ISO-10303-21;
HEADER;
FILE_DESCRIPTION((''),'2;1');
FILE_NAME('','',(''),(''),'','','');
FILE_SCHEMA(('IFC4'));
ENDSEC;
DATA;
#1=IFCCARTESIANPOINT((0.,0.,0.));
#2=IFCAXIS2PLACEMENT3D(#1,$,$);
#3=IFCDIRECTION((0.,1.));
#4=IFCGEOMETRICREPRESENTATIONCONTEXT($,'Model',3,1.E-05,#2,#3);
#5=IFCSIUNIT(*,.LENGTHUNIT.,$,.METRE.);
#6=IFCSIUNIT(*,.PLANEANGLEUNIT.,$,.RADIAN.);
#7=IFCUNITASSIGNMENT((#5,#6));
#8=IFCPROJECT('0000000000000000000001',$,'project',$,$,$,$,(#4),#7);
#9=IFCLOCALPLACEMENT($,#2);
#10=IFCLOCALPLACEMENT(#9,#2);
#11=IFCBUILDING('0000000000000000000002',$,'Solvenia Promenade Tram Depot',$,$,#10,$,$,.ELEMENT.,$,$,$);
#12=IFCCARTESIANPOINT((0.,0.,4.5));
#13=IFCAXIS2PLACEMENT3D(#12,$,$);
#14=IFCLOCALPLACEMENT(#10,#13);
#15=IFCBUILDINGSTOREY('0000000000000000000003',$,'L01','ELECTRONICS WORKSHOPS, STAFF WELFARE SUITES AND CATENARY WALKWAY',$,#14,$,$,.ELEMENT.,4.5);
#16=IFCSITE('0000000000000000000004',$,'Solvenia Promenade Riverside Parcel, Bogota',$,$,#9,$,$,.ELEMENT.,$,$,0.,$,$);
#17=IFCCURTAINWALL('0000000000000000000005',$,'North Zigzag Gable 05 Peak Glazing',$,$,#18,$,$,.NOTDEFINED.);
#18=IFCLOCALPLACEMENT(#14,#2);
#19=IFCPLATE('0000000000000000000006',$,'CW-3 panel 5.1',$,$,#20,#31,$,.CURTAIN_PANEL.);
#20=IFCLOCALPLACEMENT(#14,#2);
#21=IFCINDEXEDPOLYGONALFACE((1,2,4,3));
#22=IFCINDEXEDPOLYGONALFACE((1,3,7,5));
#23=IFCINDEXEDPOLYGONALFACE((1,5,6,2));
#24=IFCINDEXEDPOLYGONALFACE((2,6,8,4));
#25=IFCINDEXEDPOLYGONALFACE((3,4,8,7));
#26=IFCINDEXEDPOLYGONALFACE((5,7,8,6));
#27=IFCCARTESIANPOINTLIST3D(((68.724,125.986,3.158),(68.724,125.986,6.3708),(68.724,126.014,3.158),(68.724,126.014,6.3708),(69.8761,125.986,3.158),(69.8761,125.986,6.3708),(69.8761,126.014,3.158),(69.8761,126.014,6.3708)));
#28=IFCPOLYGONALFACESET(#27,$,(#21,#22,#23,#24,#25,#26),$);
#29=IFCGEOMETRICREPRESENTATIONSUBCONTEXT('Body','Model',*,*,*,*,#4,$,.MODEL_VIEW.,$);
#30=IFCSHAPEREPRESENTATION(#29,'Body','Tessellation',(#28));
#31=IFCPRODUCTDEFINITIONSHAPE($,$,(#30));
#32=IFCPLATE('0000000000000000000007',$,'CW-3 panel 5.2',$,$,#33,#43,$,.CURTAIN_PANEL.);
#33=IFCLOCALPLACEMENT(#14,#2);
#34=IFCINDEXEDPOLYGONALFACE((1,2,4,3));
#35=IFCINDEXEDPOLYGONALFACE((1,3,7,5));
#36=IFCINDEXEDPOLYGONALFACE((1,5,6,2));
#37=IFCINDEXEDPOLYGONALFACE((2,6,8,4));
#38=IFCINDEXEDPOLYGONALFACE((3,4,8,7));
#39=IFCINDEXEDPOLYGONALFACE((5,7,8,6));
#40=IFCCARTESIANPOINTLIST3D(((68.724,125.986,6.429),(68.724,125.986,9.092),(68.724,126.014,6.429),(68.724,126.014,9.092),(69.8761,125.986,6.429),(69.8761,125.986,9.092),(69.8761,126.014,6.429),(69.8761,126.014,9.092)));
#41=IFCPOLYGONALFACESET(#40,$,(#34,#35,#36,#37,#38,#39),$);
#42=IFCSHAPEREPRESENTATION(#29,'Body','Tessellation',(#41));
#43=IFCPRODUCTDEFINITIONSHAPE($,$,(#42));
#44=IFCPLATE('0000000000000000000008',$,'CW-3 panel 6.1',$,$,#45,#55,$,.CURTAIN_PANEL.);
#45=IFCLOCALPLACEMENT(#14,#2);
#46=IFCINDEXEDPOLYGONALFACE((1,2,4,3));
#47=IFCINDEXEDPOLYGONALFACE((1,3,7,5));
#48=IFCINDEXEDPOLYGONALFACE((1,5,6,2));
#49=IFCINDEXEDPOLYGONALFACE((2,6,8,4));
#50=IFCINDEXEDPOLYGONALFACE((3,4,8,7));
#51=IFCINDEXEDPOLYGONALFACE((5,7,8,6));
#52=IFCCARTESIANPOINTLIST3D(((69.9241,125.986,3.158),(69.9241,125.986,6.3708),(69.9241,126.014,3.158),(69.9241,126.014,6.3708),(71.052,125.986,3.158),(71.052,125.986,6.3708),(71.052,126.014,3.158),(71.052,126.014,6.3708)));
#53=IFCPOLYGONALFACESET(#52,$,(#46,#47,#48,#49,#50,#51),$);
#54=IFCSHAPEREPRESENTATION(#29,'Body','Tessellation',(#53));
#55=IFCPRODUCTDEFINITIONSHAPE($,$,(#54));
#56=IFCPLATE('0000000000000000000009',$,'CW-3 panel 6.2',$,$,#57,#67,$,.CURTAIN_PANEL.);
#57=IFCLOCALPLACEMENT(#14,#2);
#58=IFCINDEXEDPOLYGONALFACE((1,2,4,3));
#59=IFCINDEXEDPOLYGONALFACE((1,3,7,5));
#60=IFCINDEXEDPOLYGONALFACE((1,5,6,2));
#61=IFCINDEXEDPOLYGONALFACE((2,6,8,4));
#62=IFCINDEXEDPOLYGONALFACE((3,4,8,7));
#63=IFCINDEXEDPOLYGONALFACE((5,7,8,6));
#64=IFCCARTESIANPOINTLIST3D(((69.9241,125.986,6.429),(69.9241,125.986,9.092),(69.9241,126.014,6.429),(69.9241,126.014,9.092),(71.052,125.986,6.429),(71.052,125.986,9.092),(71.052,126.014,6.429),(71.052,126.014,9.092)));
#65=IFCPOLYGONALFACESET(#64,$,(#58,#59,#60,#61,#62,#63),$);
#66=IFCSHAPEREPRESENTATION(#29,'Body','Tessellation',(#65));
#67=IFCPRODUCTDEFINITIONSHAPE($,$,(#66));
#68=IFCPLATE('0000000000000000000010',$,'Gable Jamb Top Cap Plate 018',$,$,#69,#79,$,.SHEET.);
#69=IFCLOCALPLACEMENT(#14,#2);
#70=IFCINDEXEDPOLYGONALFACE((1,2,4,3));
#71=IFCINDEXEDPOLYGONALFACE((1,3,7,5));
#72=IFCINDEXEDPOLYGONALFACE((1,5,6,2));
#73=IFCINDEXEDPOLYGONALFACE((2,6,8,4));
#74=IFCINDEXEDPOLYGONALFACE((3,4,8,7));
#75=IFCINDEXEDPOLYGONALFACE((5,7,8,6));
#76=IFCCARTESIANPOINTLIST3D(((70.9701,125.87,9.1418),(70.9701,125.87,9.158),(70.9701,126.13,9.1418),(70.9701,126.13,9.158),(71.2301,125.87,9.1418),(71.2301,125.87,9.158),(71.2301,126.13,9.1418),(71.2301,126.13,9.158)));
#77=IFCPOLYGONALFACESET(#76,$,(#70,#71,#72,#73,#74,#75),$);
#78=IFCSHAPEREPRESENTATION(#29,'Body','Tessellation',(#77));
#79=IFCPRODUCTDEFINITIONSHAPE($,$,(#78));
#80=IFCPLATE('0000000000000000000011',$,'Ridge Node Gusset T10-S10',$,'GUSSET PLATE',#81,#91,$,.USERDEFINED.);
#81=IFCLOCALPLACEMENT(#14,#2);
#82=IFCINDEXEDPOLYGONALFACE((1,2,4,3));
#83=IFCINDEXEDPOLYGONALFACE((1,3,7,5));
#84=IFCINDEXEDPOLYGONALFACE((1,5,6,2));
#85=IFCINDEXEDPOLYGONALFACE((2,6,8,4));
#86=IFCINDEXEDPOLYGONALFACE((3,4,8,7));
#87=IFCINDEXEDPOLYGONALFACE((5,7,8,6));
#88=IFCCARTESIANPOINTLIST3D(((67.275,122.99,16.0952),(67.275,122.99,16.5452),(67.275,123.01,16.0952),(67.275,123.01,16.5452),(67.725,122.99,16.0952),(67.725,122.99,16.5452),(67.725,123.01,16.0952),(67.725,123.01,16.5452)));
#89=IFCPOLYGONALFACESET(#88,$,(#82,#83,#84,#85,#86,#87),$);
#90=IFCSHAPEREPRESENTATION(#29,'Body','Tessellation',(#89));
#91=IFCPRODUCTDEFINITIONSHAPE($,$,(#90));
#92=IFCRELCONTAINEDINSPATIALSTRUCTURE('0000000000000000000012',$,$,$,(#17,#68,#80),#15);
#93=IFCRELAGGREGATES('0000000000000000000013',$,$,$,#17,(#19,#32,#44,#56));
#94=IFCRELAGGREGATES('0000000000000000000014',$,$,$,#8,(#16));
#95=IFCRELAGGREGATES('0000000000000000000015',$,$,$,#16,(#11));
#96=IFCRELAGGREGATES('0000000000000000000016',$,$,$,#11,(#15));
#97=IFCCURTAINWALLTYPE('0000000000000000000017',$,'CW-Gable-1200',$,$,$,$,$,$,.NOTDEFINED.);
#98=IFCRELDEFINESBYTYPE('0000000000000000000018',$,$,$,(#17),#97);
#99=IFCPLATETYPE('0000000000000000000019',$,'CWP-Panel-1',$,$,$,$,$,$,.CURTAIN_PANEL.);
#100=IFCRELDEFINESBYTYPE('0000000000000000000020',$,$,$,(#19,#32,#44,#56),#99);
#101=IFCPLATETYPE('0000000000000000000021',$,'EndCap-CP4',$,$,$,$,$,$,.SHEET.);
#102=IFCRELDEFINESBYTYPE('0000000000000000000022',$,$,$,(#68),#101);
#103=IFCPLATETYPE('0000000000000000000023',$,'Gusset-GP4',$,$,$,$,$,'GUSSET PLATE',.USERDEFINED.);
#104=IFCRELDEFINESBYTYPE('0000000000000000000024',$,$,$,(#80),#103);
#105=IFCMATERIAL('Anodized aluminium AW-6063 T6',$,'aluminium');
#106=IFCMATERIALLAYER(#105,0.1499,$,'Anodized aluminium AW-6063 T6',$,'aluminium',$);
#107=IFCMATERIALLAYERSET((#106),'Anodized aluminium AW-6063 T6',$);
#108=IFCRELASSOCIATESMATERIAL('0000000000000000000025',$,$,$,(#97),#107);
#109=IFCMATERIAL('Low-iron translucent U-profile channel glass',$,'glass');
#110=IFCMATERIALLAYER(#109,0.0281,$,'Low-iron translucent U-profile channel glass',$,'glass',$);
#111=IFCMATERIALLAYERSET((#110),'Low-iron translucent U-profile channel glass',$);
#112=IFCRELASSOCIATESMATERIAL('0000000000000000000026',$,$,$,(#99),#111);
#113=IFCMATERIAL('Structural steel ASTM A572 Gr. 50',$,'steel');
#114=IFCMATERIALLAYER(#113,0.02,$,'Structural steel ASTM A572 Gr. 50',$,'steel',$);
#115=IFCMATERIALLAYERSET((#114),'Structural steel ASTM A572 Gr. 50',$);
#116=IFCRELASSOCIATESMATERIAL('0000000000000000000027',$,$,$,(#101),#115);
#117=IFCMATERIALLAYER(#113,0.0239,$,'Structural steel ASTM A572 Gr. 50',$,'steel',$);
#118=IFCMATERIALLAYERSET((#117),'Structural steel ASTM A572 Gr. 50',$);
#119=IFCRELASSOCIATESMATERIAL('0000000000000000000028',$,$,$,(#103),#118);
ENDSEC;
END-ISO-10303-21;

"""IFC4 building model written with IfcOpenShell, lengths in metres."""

from ifc_helpers import new_model, si_unit, direction, frame, origin, origin_2d, place, context, subcontext, project, spatial, rectangle, extrude, material, layer, layer_set, type_object, element, aggregate, save


model = new_model("IFC4")

# Units and contexts
model_context = context("Model", 3, precision=1e-05, world=origin(), true_north=direction((0.0, 1.0)))
body_context = subcontext(model_context, "Body", "Model", "MODEL_VIEW")
ifc_project = project(units=[si_unit("LENGTHUNIT", "METRE"), si_unit("PLANEANGLEUNIT", "RADIAN")], contexts=[model_context])

# Site, building, storey
site_placement = place(None, origin())
site = spatial("IfcSite", under=ifc_project, at=site_placement, Name="Solvenia Promenade Riverside Parcel, Bogota", CompositionType="ELEMENT", RefElevation=0.0)
building_placement = place(site_placement, origin())
building = spatial("IfcBuilding", under=site, at=building_placement, Name="Solvenia Promenade Tram Depot", CompositionType="ELEMENT")
storey_placement = place(building_placement, frame((0.0, 0.0, 4.5)))
storey = spatial("IfcBuildingStorey", under=building, at=storey_placement, Name="L01", Description="ELECTRONICS WORKSHOPS, STAFF WELFARE SUITES AND CATENARY WALKWAY", CompositionType="ELEMENT", Elevation=4.5)

# Curtain wall
ifc_material_1 = material(Name="Anodized aluminium AW-6063 T6", Category="aluminium")
ifc_layer_1 = layer(ifc_material_1, 0.1499, Name="Anodized aluminium AW-6063 T6", Category="aluminium")
ifc_layer_set_1 = layer_set([ifc_layer_1], Name="Anodized aluminium AW-6063 T6")
curtain_wall_type = type_object("IfcCurtainWallType", Name="CW-Gable-1200", PredefinedType="NOTDEFINED", material=ifc_layer_set_1)
curtain_wall_placement = place(storey_placement, origin())
curtain_wall = element("IfcCurtainWall", 1, at=curtain_wall_placement, inside=storey, type_object=curtain_wall_type, Name="North Zigzag Gable 05 Peak Glazing", PredefinedType="NOTDEFINED")

# Plates
ifc_material_2 = material(Name="Low-iron translucent U-profile channel glass", Category="glass")
ifc_layer_2 = layer(ifc_material_2, 0.0281, Name="Low-iron translucent U-profile channel glass", Category="glass")
ifc_layer_set_2 = layer_set([ifc_layer_2], Name="Low-iron translucent U-profile channel glass")
plate_type_1 = type_object("IfcPlateType", Name="CWP-Panel-1", PredefinedType="CURTAIN_PANEL", material=ifc_layer_set_2)
plate_1_placement = place(storey_placement, frame((69.3, 126.0, 3.158), z_axis=(0.0, 0.0, 1.0), x_axis=(1.0, 0.0, 0.0)))
plate_1 = element("IfcPlate", 2, at=plate_1_placement, type_object=plate_type_1, Name="CW-3 panel 5.1", PredefinedType="CURTAIN_PANEL", context=body_context, shape_type="SweptSolid", body=[
    extrude(rectangle(XDim=1.1521, YDim=0.0281, at=origin_2d()), origin(), (0.0, 0.0, 1.0), 3.2129),
])
plate_2_placement = place(storey_placement, frame((69.3, 126.0, 6.429), z_axis=(0.0, 0.0, 1.0), x_axis=(1.0, 0.0, 0.0)))
plate_2 = element("IfcPlate", 3, at=plate_2_placement, type_object=plate_type_1, Name="CW-3 panel 5.2", PredefinedType="CURTAIN_PANEL", context=body_context, shape_type="SweptSolid", body=[
    extrude(rectangle(XDim=1.1521, YDim=0.0281, at=origin_2d()), origin(), (0.0, 0.0, 1.0), 2.6631),
])
plate_3_placement = place(storey_placement, frame((70.488, 126.0, 3.158), z_axis=(0.0, 0.0, 1.0), x_axis=(1.0, 0.0, 0.0)))
plate_3 = element("IfcPlate", 4, at=plate_3_placement, type_object=plate_type_1, Name="CW-3 panel 6.1", PredefinedType="CURTAIN_PANEL", context=body_context, shape_type="SweptSolid", body=[
    extrude(rectangle(XDim=1.1279, YDim=0.0281, at=origin_2d()), origin(), (0.0, 0.0, 1.0), 3.2129),
])
plate_4_placement = place(storey_placement, frame((70.488, 126.0, 6.429), z_axis=(0.0, 0.0, 1.0), x_axis=(1.0, 0.0, 0.0)))
plate_4 = element("IfcPlate", 5, at=plate_4_placement, type_object=plate_type_1, Name="CW-3 panel 6.2", PredefinedType="CURTAIN_PANEL", context=body_context, shape_type="SweptSolid", body=[
    extrude(rectangle(XDim=1.1279, YDim=0.0281, at=origin_2d()), origin(), (0.0, 0.0, 1.0), 2.6631),
])
aggregate(curtain_wall, [plate_1, plate_2, plate_3, plate_4])

# Plates
ifc_material_3 = material(Name="Structural steel ASTM A572 Gr. 50", Category="steel")
ifc_layer_3 = layer(ifc_material_3, 0.02, Name="Structural steel ASTM A572 Gr. 50", Category="steel")
ifc_layer_set_3 = layer_set([ifc_layer_3], Name="Structural steel ASTM A572 Gr. 50")
plate_type_2 = type_object("IfcPlateType", Name="EndCap-CP4", PredefinedType="SHEET", material=ifc_layer_set_3)
plate_5_placement = place(storey_placement, frame((71.1001, 126.0, 9.1418), z_axis=(0.0, 0.0, 1.0), x_axis=(1.0, 0.0, 0.0)))
element("IfcPlate", 6, at=plate_5_placement, inside=storey, type_object=plate_type_2, Name="Gable Jamb Top Cap Plate 018", PredefinedType="SHEET", context=body_context, shape_type="SweptSolid", body=[
    extrude(rectangle(XDim=0.26, YDim=0.26, at=origin_2d()), origin(), (0.0, 0.0, 1.0), 0.0161),
])
ifc_layer_4 = layer(ifc_material_3, 0.0239, Name="Structural steel ASTM A572 Gr. 50", Category="steel")
ifc_layer_set_4 = layer_set([ifc_layer_4], Name="Structural steel ASTM A572 Gr. 50")
plate_type_3 = type_object("IfcPlateType", Name="Gusset-GP4", ElementType="GUSSET PLATE", PredefinedType="USERDEFINED", material=ifc_layer_set_4)
plate_6_placement = place(storey_placement, frame((67.5, 123.0, 16.0952), z_axis=(0.0, 0.0, 1.0), x_axis=(1.0, 0.0, 0.0)))
element("IfcPlate", 7, at=plate_6_placement, inside=storey, type_object=plate_type_3, Name="Ridge Node Gusset T10-S10", ObjectType="GUSSET PLATE", PredefinedType="USERDEFINED", context=body_context, shape_type="SweptSolid", body=[
    extrude(rectangle(XDim=0.45, YDim=0.02, at=origin_2d()), origin(), (0.0, 0.0, 1.0), 0.45),
])

save(model, "model.ifc")
